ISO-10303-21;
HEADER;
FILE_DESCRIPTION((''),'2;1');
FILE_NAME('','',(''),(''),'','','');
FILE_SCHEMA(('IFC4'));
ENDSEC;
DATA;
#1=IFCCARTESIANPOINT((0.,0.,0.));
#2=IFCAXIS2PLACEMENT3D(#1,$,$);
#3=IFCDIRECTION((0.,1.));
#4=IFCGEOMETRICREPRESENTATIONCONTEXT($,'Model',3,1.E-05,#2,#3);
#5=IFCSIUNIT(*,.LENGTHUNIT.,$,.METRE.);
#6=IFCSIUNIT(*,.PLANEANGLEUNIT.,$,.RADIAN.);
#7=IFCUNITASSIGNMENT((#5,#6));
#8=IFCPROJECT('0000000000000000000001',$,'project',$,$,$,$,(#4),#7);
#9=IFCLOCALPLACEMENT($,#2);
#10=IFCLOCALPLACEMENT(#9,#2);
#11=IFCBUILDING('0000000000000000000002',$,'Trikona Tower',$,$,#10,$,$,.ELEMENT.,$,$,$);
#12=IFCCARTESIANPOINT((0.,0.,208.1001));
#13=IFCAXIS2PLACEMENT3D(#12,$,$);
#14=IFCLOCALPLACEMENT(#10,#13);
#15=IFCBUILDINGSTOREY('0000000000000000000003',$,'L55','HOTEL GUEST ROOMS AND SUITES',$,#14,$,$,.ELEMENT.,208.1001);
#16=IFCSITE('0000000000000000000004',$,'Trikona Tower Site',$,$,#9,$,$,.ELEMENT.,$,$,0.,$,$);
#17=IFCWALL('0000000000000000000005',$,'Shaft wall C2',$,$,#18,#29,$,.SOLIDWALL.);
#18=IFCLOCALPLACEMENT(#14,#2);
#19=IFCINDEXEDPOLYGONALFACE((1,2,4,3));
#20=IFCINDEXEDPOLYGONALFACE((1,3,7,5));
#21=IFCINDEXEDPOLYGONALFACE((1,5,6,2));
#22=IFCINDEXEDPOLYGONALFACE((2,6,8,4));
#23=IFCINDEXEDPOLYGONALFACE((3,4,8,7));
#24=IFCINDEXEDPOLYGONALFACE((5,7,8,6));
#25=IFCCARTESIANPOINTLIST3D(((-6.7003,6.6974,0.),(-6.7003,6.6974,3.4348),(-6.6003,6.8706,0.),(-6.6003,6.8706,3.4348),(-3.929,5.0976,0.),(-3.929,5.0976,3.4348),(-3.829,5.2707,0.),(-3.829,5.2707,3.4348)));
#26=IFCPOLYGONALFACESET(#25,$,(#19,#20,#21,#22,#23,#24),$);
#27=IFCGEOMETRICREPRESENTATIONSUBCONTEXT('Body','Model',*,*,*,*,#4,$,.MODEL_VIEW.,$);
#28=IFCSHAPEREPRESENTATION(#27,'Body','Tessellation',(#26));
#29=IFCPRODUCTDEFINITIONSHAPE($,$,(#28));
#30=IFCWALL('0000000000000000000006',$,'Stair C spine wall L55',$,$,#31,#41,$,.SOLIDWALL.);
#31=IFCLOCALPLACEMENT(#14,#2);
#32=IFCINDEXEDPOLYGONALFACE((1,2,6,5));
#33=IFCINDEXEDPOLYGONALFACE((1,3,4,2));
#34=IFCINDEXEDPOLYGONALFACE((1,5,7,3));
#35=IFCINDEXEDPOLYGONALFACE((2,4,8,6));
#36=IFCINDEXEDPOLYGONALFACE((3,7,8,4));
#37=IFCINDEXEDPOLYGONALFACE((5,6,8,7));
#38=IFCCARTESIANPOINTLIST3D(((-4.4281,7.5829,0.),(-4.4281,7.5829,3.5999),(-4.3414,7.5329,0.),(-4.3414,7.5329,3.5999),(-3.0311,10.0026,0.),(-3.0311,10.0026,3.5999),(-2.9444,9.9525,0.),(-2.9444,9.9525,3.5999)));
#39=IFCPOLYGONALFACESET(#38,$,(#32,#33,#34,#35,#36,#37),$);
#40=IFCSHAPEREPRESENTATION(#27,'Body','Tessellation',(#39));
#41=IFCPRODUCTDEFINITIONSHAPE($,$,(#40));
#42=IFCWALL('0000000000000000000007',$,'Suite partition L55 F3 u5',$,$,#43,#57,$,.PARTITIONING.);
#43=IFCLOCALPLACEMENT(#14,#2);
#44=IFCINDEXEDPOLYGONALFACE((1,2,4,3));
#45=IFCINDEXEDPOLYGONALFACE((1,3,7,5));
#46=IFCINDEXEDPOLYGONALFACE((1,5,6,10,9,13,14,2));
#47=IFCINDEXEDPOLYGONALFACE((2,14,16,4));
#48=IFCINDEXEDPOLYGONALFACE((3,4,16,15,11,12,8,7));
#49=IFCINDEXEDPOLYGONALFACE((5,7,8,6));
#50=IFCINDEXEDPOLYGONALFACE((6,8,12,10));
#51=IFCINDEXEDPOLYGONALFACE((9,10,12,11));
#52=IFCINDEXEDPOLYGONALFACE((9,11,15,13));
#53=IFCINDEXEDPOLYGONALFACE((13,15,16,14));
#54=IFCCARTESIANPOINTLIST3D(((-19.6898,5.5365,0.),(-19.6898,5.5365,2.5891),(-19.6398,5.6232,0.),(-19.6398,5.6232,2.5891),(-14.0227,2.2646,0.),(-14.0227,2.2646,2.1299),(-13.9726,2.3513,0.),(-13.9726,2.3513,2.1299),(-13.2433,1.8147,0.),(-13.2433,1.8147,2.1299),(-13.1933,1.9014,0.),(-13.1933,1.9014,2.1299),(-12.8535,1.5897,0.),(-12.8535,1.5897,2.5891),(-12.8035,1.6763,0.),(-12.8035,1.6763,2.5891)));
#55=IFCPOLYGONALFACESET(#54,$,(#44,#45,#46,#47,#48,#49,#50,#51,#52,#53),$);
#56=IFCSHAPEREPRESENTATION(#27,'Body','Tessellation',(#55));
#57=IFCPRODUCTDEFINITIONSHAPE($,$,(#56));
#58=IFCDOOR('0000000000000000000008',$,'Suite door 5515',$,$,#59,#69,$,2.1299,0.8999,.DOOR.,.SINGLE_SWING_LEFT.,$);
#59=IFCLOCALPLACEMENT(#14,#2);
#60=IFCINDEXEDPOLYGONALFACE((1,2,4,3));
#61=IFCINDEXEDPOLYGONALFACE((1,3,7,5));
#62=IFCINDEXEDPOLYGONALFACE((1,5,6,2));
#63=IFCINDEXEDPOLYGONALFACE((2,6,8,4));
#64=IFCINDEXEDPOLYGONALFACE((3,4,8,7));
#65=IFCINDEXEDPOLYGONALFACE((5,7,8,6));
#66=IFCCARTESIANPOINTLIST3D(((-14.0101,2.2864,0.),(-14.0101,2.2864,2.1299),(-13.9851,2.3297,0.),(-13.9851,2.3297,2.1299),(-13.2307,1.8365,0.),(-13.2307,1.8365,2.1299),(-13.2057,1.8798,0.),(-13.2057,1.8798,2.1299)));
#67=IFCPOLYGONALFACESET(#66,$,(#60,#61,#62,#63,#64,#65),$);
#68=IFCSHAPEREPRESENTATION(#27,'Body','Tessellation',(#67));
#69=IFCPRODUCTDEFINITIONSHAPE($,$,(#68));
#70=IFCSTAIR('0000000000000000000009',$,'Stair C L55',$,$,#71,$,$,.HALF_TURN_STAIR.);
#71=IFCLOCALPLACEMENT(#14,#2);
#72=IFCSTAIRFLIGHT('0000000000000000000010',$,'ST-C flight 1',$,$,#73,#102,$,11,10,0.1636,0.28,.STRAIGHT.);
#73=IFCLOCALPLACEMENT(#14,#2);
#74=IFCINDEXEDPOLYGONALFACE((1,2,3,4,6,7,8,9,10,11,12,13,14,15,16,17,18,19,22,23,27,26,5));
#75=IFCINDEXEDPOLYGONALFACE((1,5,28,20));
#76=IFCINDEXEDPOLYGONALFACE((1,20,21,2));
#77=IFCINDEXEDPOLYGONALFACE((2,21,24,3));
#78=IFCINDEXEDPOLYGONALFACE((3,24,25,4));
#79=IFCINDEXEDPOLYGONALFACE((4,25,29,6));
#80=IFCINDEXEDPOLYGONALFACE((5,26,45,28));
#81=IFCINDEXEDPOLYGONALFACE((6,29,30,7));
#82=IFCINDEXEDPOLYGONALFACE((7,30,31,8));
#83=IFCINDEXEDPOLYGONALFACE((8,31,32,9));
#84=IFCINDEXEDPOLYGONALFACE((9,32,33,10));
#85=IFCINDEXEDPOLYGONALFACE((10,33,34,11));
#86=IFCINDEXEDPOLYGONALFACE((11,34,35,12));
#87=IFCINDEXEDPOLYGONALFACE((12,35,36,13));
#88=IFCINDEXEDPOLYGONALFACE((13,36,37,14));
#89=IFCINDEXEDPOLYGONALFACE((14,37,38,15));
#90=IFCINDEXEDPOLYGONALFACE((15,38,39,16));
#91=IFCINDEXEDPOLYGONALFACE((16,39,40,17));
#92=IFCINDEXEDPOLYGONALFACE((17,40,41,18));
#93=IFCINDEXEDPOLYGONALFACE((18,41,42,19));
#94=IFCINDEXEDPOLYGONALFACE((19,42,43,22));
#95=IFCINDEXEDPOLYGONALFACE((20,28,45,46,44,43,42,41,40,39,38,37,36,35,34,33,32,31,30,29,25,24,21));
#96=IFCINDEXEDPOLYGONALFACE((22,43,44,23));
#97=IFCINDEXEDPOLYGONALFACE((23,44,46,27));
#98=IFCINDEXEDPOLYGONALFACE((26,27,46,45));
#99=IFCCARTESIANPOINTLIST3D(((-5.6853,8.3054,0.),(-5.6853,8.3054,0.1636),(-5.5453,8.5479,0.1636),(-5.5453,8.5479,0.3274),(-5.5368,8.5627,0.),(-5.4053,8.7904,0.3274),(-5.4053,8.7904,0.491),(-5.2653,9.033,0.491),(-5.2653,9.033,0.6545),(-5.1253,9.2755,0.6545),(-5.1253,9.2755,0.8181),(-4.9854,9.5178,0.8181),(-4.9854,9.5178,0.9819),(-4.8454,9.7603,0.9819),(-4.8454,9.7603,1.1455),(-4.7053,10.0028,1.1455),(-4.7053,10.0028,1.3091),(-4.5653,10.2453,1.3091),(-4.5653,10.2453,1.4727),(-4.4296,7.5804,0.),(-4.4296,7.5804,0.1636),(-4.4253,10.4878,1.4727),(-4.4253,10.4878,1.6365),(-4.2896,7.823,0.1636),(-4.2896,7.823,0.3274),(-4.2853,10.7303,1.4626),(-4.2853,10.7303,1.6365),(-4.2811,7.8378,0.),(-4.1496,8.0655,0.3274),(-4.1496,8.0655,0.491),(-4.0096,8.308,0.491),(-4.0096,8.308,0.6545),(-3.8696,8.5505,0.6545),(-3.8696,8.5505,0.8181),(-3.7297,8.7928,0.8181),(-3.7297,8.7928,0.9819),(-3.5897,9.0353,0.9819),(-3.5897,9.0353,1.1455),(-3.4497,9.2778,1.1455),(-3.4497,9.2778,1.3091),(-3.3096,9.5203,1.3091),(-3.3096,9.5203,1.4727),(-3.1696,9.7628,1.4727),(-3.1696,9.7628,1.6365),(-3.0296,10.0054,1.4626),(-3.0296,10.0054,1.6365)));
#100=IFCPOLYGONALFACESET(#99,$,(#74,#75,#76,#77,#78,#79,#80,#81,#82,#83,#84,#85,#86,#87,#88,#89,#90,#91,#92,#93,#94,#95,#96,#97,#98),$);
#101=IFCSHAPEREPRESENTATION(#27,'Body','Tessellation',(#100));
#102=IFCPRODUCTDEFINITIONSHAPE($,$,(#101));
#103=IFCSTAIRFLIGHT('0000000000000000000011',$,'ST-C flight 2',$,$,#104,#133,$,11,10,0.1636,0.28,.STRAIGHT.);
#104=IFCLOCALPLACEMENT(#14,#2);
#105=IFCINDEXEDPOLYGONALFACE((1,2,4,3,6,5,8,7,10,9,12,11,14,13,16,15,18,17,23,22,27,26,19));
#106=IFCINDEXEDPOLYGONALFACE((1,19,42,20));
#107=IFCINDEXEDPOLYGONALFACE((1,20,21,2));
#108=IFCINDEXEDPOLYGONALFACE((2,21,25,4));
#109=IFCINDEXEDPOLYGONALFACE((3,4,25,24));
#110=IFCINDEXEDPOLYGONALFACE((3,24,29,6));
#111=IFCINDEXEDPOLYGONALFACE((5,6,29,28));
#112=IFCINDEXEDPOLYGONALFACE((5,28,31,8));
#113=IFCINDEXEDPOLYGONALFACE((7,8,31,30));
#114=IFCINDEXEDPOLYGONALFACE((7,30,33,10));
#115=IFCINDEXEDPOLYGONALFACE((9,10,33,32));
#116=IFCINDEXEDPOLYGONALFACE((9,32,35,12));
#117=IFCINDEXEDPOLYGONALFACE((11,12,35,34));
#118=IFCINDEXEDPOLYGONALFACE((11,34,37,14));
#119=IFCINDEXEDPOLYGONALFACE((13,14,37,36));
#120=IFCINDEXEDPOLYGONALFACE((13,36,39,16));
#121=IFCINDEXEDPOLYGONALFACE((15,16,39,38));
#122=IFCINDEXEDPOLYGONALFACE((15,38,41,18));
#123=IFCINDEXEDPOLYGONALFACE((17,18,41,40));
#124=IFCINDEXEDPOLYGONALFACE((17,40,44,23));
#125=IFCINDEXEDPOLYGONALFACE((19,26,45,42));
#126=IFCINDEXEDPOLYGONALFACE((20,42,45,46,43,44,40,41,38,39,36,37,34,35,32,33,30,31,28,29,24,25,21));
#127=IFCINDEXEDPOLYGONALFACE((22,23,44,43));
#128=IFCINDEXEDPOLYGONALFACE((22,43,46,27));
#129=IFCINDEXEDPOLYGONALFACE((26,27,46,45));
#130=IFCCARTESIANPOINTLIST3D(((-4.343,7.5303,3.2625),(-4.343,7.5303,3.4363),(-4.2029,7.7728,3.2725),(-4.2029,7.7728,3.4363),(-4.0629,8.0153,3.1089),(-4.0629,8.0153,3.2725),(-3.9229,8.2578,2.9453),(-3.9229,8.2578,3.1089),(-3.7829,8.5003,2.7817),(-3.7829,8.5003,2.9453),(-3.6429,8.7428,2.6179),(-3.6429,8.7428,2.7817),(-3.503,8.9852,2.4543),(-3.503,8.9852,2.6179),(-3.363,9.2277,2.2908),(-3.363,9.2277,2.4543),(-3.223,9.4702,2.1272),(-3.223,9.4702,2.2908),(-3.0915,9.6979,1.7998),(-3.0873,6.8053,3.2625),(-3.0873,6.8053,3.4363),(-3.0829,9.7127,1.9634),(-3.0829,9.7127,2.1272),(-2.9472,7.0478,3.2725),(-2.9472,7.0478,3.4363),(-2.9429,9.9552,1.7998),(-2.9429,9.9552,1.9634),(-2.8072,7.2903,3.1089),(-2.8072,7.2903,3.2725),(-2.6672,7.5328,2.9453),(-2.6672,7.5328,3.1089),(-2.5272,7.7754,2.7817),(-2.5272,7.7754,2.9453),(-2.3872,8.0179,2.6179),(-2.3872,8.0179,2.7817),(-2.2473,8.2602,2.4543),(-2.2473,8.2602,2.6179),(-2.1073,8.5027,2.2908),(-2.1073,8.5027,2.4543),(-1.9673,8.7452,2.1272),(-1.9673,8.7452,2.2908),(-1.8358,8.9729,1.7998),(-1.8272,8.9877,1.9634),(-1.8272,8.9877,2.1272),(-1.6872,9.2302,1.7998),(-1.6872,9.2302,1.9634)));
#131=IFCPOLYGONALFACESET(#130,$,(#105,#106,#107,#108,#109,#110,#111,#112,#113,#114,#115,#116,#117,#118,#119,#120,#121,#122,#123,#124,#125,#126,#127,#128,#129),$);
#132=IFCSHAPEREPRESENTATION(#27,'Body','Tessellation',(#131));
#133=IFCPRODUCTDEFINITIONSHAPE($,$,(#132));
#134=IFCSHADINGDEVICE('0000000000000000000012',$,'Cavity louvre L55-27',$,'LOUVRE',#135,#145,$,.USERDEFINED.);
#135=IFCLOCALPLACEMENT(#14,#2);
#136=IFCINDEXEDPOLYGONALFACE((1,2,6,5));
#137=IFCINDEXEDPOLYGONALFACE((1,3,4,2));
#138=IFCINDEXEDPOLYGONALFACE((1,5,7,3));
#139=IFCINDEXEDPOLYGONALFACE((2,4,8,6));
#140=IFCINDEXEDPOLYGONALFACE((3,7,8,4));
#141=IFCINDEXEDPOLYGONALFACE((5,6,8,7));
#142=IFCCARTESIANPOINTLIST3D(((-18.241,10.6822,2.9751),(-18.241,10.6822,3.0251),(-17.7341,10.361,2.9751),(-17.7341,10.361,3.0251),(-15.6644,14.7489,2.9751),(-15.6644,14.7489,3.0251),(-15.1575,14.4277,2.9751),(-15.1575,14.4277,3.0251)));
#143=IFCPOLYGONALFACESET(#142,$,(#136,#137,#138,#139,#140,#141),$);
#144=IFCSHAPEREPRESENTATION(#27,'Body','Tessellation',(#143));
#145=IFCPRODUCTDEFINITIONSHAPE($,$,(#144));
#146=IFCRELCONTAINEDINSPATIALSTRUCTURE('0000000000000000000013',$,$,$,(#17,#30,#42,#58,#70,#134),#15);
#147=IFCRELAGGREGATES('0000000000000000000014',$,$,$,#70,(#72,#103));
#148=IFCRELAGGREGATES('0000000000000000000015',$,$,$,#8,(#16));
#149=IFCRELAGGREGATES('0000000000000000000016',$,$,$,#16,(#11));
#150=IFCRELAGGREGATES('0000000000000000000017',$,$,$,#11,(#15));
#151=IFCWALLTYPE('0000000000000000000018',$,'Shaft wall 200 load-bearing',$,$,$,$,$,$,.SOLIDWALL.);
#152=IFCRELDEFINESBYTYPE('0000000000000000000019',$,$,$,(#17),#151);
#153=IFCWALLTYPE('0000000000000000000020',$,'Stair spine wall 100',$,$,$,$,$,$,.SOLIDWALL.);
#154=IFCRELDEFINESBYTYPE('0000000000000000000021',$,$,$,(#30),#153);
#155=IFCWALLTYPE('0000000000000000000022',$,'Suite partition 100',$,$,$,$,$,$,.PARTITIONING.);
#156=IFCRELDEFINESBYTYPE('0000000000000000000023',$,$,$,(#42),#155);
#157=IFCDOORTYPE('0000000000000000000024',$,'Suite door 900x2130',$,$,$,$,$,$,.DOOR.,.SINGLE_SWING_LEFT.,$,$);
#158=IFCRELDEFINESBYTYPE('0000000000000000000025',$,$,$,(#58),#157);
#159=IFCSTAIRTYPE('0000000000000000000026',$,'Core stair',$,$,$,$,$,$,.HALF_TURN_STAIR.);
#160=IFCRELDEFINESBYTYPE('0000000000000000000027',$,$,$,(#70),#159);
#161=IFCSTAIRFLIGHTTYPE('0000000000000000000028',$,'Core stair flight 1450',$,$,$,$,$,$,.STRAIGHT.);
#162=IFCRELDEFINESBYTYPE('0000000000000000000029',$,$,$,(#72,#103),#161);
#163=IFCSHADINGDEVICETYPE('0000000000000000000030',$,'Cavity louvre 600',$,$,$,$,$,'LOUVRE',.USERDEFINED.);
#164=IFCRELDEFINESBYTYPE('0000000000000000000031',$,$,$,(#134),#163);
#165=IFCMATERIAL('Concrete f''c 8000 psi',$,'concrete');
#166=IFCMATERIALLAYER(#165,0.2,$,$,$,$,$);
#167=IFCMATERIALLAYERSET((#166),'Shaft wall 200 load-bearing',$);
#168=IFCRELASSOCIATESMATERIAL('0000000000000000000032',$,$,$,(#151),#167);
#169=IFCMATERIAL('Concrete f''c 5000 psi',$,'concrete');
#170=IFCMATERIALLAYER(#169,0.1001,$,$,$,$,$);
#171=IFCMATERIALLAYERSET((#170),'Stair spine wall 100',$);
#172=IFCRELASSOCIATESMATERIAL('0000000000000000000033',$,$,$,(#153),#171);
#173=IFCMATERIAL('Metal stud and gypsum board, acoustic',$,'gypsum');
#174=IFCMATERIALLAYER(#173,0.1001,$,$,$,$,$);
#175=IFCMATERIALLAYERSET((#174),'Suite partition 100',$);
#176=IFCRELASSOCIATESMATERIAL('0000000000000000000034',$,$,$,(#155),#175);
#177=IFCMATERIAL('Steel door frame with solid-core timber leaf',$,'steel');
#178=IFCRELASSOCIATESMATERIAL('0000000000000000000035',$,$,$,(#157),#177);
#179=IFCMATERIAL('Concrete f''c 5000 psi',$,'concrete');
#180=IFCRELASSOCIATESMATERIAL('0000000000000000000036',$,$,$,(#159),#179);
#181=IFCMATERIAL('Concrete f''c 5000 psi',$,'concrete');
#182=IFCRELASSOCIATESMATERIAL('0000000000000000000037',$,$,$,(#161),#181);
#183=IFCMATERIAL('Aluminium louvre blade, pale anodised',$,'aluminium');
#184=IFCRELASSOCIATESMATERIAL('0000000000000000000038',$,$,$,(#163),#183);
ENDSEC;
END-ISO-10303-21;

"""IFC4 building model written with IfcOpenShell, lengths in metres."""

from ifc_helpers import new_model, si_unit, direction, frame, frame_2d, origin, origin_2d, place, context, subcontext, project, spatial, polyline, rectangle, outline, extrude, material, layer, layer_set, type_object, element, fill, aggregate, save


model = new_model("IFC4")

# Units and contexts
model_context = context("Model", 3, precision=1e-05, world=origin(), true_north=direction((0.0, 1.0)))
body_context = subcontext(model_context, "Body", "Model", "MODEL_VIEW")
ifc_project = project(units=[si_unit("LENGTHUNIT", "METRE"), si_unit("PLANEANGLEUNIT", "RADIAN")], contexts=[model_context])

# Site, building, storey
site_placement = place(None, origin())
site = spatial("IfcSite", under=ifc_project, at=site_placement, Name="Trikona Tower Site", CompositionType="ELEMENT", RefElevation=0.0)
building_placement = place(site_placement, origin())
building = spatial("IfcBuilding", under=site, at=building_placement, Name="Trikona Tower", CompositionType="ELEMENT")
storey_placement = place(building_placement, frame((0.0, 0.0, 208.1001)))
storey = spatial("IfcBuildingStorey", under=building, at=storey_placement, Name="L55", Description="HOTEL GUEST ROOMS AND SUITES", CompositionType="ELEMENT", Elevation=208.1001)

# Walls
ifc_material_1 = material(Name="Concrete f'c 8000 psi", Category="concrete")
ifc_layer_1 = layer(ifc_material_1, 0.2)
ifc_layer_set_1 = layer_set([ifc_layer_1], Name="Shaft wall 200 load-bearing")
wall_type_1 = type_object("IfcWallType", Name="Shaft wall 200 load-bearing", PredefinedType="SOLIDWALL", material=ifc_layer_set_1)
for number, where, z_axis, x_axis, name in (
    (1, (-3.8789, 5.1841, 0.0), (0.0, 0.0, 1.0), (-0.866042, 0.499971, 0.0), "Shaft wall C2"),
):
    element("IfcWall", number, at=place(storey_placement, frame(where, z_axis=z_axis, x_axis=x_axis)), inside=storey, type_object=wall_type_1, Name=name, PredefinedType="SOLIDWALL", context=body_context, shape_type="SweptSolid", body=[
        extrude(rectangle(XDim=3.2, YDim=0.2, at=frame_2d((1.6001, 0.0))), origin(), (0.0, 0.0, 1.0), 3.4348),
    ])
ifc_material_2 = material(Name="Concrete f'c 5000 psi", Category="concrete")
ifc_layer_2 = layer(ifc_material_2, 0.1001)
ifc_layer_set_2 = layer_set([ifc_layer_2], Name="Stair spine wall 100")
wall_type_2 = type_object("IfcWallType", Name="Stair spine wall 100", PredefinedType="SOLIDWALL", material=ifc_layer_set_2)
wall_1_placement = place(storey_placement, frame((-2.9878, 9.9775, 0.0), z_axis=(0.0, 0.0, 1.0), x_axis=(-0.499992, -0.86603, 0.0)))
element("IfcWall", 2, at=wall_1_placement, inside=storey, type_object=wall_type_2, Name="Stair C spine wall L55", PredefinedType="SOLIDWALL", context=body_context, shape_type="SweptSolid", body=[
    extrude(rectangle(XDim=2.7939, YDim=0.1001, at=frame_2d((1.397, 0.0))), origin(), (0.0, 0.0, 1.0), 3.5999),
])

# Wall, opening, door
ifc_material_3 = material(Name="Metal stud and gypsum board, acoustic", Category="gypsum")
ifc_layer_3 = layer(ifc_material_3, 0.1001)
ifc_layer_set_3 = layer_set([ifc_layer_3], Name="Suite partition 100")
wall_type_3 = type_object("IfcWallType", Name="Suite partition 100", PredefinedType="PARTITIONING", material=ifc_layer_set_3)
wall_2_placement = place(storey_placement, frame((-12.8286, 1.6331, 0.0), z_axis=(0.0, 0.0, 1.0), x_axis=(-0.866031, 0.499991, 0.0)))
wall_2 = element("IfcWall", 3, at=wall_2_placement, inside=storey, type_object=wall_type_3, Name="Suite partition L55 F3 u5", PredefinedType="PARTITIONING", context=body_context, shape_type="SweptSolid", body=[
    extrude(rectangle(XDim=7.8938, YDim=0.1001, at=frame_2d((3.9468, 0.0))), origin(), (0.0, 0.0, 1.0), 2.5891),
])
opening_1_placement = place(wall_2_placement, frame((0.45, 0.0, 0.0)))
opening_1 = element("IfcOpeningElement", 4, at=opening_1_placement, cuts=wall_2, PredefinedType="OPENING", context=body_context, shape_type="SweptSolid", body=[
    extrude(rectangle(XDim=0.8999, YDim=2.1299, at=frame_2d((0.45, 1.0649))), frame((0.0, 0.0601, 0.0), z_axis=(0.0, -1.0, 0.0), x_axis=(1.0, 0.0, 0.0)), (0.0, 0.0, 1.0), 0.1201),
])
ifc_material_4 = material(Name="Steel door frame with solid-core timber leaf", Category="steel")
door_type_1 = type_object("IfcDoorType", Name="Suite door 900x2130", OperationType="SINGLE_SWING_LEFT", PredefinedType="DOOR", material=ifc_material_4)
door_1_placement = place(opening_1_placement, origin())
door_1 = element("IfcDoor", 5, at=door_1_placement, inside=storey, type_object=door_type_1, Name="Suite door 5515", OperationType="SINGLE_SWING_LEFT", OverallHeight=2.1299, OverallWidth=0.8999, PredefinedType="DOOR", context=body_context, shape_type="SweptSolid", body=[
    extrude(rectangle(XDim=0.8999, YDim=2.1299, at=frame_2d((0.45, 1.0649))), frame((0.0, 0.0249, 0.0), z_axis=(0.0, -1.0, 0.0), x_axis=(1.0, 0.0, 0.0)), (0.0, 0.0, 1.0), 0.05),
])
fill(opening_1, door_1)

# Stair, stair flights
ifc_material_5 = material(Name="Concrete f'c 5000 psi", Category="concrete")
stair_type = type_object("IfcStairType", Name="Core stair", PredefinedType="HALF_TURN_STAIR", material=ifc_material_5)
stair_placement = place(storey_placement, origin())
stair = element("IfcStair", 6, at=stair_placement, inside=storey, type_object=stair_type, Name="Stair C L55", PredefinedType="HALF_TURN_STAIR")
ifc_material_6 = material(Name="Concrete f'c 5000 psi", Category="concrete")
stair_flight_type = type_object("IfcStairFlightType", Name="Core stair flight 1450", PredefinedType="STRAIGHT", material=ifc_material_6)
stair_flight_1_placement = place(storey_placement, frame((-5.0574, 7.9429, 0.0), z_axis=(0.0, 0.0, 1.0), x_axis=(0.5, 0.866025, 0.0)))
stair_flight_1 = element("IfcStairFlight", 7, at=stair_flight_1_placement, type_object=stair_flight_type, Name="ST-C flight 1", NumberOfRisers=11, NumberOfTreads=10, PredefinedType="STRAIGHT", RiserHeight=0.1636, TreadLength=0.28, context=body_context, shape_type="SweptSolid", body=[
    extrude(outline(polyline([(0.0, 0.0), (0.0, 0.1636), (0.28, 0.1636), (0.28, 0.3274), (0.5601, 0.3274), (0.5601, 0.491), (0.8401, 0.491), (0.8401, 0.6545), (1.1201, 0.6545), (1.1201, 0.8181), (1.3999, 0.8181), (1.3999, 0.9819), (1.6799, 0.9819), (1.6799, 1.1455), (1.96, 1.1455), (1.96, 1.3091), (2.24, 1.3091), (2.24, 1.4727), (2.52, 1.4727), (2.52, 1.6365), (2.8, 1.6365), (2.8, 1.8), (2.8, 1.4626), (0.2971, 0.0), (0.0, 0.0)])), frame((0.0, 0.7251, 0.0), z_axis=(0.0, -1.0, 0.0), x_axis=(1.0, 0.0, 0.0)), (0.0, 0.0, 1.0), 1.45),
])
stair_flight_2_placement = place(storey_placement, frame((-2.3152, 9.5928, 1.7998), z_axis=(0.0, 0.0, 1.0), x_axis=(-0.5, -0.866025, 0.0)))
stair_flight_2 = element("IfcStairFlight", 8, at=stair_flight_2_placement, type_object=stair_flight_type, Name="ST-C flight 2", NumberOfRisers=11, NumberOfTreads=10, PredefinedType="STRAIGHT", RiserHeight=0.1636, TreadLength=0.28, context=body_context, shape_type="SweptSolid", body=[
    extrude(outline(polyline([(0.0, 0.0), (0.0, 0.1636), (0.28, 0.1636), (0.28, 0.3274), (0.5601, 0.3274), (0.5601, 0.491), (0.8401, 0.491), (0.8401, 0.6545), (1.1201, 0.6545), (1.1201, 0.8181), (1.3999, 0.8181), (1.3999, 0.9819), (1.6799, 0.9819), (1.6799, 1.1455), (1.96, 1.1455), (1.96, 1.3091), (2.24, 1.3091), (2.24, 1.4727), (2.52, 1.4727), (2.52, 1.6365), (2.8, 1.6365), (2.8, 1.8), (2.8, 1.4626), (0.2971, 0.0), (0.0, 0.0)])), frame((0.0, 0.7251, 0.0), z_axis=(0.0, -1.0, 0.0), x_axis=(1.0, 0.0, 0.0)), (0.0, 0.0, 1.0), 1.45),
])
aggregate(stair, [stair_flight_1, stair_flight_2])

# Shading device
ifc_material_7 = material(Name="Aluminium louvre blade, pale anodised", Category="aluminium")
shading_device_type = type_object("IfcShadingDeviceType", Name="Cavity louvre 600", ElementType="LOUVRE", PredefinedType="USERDEFINED", material=ifc_material_7)
shading_device_placement = place(storey_placement, frame((-16.6992, 12.5549, 2.9751), z_axis=(0.0, 0.0, 1.0), x_axis=(-0.535205, -0.844722, 0.0)))
element("IfcShadingDevice", 9, at=shading_device_placement, inside=storey, type_object=shading_device_type, Name="Cavity louvre L55-27", ObjectType="LOUVRE", PredefinedType="USERDEFINED", context=body_context, shape_type="SweptSolid", body=[
    extrude(rectangle(XDim=4.8142, YDim=0.6001, at=origin_2d()), origin(), (0.0, 0.0, 1.0), 0.05),
])

save(model, "model.ifc")
